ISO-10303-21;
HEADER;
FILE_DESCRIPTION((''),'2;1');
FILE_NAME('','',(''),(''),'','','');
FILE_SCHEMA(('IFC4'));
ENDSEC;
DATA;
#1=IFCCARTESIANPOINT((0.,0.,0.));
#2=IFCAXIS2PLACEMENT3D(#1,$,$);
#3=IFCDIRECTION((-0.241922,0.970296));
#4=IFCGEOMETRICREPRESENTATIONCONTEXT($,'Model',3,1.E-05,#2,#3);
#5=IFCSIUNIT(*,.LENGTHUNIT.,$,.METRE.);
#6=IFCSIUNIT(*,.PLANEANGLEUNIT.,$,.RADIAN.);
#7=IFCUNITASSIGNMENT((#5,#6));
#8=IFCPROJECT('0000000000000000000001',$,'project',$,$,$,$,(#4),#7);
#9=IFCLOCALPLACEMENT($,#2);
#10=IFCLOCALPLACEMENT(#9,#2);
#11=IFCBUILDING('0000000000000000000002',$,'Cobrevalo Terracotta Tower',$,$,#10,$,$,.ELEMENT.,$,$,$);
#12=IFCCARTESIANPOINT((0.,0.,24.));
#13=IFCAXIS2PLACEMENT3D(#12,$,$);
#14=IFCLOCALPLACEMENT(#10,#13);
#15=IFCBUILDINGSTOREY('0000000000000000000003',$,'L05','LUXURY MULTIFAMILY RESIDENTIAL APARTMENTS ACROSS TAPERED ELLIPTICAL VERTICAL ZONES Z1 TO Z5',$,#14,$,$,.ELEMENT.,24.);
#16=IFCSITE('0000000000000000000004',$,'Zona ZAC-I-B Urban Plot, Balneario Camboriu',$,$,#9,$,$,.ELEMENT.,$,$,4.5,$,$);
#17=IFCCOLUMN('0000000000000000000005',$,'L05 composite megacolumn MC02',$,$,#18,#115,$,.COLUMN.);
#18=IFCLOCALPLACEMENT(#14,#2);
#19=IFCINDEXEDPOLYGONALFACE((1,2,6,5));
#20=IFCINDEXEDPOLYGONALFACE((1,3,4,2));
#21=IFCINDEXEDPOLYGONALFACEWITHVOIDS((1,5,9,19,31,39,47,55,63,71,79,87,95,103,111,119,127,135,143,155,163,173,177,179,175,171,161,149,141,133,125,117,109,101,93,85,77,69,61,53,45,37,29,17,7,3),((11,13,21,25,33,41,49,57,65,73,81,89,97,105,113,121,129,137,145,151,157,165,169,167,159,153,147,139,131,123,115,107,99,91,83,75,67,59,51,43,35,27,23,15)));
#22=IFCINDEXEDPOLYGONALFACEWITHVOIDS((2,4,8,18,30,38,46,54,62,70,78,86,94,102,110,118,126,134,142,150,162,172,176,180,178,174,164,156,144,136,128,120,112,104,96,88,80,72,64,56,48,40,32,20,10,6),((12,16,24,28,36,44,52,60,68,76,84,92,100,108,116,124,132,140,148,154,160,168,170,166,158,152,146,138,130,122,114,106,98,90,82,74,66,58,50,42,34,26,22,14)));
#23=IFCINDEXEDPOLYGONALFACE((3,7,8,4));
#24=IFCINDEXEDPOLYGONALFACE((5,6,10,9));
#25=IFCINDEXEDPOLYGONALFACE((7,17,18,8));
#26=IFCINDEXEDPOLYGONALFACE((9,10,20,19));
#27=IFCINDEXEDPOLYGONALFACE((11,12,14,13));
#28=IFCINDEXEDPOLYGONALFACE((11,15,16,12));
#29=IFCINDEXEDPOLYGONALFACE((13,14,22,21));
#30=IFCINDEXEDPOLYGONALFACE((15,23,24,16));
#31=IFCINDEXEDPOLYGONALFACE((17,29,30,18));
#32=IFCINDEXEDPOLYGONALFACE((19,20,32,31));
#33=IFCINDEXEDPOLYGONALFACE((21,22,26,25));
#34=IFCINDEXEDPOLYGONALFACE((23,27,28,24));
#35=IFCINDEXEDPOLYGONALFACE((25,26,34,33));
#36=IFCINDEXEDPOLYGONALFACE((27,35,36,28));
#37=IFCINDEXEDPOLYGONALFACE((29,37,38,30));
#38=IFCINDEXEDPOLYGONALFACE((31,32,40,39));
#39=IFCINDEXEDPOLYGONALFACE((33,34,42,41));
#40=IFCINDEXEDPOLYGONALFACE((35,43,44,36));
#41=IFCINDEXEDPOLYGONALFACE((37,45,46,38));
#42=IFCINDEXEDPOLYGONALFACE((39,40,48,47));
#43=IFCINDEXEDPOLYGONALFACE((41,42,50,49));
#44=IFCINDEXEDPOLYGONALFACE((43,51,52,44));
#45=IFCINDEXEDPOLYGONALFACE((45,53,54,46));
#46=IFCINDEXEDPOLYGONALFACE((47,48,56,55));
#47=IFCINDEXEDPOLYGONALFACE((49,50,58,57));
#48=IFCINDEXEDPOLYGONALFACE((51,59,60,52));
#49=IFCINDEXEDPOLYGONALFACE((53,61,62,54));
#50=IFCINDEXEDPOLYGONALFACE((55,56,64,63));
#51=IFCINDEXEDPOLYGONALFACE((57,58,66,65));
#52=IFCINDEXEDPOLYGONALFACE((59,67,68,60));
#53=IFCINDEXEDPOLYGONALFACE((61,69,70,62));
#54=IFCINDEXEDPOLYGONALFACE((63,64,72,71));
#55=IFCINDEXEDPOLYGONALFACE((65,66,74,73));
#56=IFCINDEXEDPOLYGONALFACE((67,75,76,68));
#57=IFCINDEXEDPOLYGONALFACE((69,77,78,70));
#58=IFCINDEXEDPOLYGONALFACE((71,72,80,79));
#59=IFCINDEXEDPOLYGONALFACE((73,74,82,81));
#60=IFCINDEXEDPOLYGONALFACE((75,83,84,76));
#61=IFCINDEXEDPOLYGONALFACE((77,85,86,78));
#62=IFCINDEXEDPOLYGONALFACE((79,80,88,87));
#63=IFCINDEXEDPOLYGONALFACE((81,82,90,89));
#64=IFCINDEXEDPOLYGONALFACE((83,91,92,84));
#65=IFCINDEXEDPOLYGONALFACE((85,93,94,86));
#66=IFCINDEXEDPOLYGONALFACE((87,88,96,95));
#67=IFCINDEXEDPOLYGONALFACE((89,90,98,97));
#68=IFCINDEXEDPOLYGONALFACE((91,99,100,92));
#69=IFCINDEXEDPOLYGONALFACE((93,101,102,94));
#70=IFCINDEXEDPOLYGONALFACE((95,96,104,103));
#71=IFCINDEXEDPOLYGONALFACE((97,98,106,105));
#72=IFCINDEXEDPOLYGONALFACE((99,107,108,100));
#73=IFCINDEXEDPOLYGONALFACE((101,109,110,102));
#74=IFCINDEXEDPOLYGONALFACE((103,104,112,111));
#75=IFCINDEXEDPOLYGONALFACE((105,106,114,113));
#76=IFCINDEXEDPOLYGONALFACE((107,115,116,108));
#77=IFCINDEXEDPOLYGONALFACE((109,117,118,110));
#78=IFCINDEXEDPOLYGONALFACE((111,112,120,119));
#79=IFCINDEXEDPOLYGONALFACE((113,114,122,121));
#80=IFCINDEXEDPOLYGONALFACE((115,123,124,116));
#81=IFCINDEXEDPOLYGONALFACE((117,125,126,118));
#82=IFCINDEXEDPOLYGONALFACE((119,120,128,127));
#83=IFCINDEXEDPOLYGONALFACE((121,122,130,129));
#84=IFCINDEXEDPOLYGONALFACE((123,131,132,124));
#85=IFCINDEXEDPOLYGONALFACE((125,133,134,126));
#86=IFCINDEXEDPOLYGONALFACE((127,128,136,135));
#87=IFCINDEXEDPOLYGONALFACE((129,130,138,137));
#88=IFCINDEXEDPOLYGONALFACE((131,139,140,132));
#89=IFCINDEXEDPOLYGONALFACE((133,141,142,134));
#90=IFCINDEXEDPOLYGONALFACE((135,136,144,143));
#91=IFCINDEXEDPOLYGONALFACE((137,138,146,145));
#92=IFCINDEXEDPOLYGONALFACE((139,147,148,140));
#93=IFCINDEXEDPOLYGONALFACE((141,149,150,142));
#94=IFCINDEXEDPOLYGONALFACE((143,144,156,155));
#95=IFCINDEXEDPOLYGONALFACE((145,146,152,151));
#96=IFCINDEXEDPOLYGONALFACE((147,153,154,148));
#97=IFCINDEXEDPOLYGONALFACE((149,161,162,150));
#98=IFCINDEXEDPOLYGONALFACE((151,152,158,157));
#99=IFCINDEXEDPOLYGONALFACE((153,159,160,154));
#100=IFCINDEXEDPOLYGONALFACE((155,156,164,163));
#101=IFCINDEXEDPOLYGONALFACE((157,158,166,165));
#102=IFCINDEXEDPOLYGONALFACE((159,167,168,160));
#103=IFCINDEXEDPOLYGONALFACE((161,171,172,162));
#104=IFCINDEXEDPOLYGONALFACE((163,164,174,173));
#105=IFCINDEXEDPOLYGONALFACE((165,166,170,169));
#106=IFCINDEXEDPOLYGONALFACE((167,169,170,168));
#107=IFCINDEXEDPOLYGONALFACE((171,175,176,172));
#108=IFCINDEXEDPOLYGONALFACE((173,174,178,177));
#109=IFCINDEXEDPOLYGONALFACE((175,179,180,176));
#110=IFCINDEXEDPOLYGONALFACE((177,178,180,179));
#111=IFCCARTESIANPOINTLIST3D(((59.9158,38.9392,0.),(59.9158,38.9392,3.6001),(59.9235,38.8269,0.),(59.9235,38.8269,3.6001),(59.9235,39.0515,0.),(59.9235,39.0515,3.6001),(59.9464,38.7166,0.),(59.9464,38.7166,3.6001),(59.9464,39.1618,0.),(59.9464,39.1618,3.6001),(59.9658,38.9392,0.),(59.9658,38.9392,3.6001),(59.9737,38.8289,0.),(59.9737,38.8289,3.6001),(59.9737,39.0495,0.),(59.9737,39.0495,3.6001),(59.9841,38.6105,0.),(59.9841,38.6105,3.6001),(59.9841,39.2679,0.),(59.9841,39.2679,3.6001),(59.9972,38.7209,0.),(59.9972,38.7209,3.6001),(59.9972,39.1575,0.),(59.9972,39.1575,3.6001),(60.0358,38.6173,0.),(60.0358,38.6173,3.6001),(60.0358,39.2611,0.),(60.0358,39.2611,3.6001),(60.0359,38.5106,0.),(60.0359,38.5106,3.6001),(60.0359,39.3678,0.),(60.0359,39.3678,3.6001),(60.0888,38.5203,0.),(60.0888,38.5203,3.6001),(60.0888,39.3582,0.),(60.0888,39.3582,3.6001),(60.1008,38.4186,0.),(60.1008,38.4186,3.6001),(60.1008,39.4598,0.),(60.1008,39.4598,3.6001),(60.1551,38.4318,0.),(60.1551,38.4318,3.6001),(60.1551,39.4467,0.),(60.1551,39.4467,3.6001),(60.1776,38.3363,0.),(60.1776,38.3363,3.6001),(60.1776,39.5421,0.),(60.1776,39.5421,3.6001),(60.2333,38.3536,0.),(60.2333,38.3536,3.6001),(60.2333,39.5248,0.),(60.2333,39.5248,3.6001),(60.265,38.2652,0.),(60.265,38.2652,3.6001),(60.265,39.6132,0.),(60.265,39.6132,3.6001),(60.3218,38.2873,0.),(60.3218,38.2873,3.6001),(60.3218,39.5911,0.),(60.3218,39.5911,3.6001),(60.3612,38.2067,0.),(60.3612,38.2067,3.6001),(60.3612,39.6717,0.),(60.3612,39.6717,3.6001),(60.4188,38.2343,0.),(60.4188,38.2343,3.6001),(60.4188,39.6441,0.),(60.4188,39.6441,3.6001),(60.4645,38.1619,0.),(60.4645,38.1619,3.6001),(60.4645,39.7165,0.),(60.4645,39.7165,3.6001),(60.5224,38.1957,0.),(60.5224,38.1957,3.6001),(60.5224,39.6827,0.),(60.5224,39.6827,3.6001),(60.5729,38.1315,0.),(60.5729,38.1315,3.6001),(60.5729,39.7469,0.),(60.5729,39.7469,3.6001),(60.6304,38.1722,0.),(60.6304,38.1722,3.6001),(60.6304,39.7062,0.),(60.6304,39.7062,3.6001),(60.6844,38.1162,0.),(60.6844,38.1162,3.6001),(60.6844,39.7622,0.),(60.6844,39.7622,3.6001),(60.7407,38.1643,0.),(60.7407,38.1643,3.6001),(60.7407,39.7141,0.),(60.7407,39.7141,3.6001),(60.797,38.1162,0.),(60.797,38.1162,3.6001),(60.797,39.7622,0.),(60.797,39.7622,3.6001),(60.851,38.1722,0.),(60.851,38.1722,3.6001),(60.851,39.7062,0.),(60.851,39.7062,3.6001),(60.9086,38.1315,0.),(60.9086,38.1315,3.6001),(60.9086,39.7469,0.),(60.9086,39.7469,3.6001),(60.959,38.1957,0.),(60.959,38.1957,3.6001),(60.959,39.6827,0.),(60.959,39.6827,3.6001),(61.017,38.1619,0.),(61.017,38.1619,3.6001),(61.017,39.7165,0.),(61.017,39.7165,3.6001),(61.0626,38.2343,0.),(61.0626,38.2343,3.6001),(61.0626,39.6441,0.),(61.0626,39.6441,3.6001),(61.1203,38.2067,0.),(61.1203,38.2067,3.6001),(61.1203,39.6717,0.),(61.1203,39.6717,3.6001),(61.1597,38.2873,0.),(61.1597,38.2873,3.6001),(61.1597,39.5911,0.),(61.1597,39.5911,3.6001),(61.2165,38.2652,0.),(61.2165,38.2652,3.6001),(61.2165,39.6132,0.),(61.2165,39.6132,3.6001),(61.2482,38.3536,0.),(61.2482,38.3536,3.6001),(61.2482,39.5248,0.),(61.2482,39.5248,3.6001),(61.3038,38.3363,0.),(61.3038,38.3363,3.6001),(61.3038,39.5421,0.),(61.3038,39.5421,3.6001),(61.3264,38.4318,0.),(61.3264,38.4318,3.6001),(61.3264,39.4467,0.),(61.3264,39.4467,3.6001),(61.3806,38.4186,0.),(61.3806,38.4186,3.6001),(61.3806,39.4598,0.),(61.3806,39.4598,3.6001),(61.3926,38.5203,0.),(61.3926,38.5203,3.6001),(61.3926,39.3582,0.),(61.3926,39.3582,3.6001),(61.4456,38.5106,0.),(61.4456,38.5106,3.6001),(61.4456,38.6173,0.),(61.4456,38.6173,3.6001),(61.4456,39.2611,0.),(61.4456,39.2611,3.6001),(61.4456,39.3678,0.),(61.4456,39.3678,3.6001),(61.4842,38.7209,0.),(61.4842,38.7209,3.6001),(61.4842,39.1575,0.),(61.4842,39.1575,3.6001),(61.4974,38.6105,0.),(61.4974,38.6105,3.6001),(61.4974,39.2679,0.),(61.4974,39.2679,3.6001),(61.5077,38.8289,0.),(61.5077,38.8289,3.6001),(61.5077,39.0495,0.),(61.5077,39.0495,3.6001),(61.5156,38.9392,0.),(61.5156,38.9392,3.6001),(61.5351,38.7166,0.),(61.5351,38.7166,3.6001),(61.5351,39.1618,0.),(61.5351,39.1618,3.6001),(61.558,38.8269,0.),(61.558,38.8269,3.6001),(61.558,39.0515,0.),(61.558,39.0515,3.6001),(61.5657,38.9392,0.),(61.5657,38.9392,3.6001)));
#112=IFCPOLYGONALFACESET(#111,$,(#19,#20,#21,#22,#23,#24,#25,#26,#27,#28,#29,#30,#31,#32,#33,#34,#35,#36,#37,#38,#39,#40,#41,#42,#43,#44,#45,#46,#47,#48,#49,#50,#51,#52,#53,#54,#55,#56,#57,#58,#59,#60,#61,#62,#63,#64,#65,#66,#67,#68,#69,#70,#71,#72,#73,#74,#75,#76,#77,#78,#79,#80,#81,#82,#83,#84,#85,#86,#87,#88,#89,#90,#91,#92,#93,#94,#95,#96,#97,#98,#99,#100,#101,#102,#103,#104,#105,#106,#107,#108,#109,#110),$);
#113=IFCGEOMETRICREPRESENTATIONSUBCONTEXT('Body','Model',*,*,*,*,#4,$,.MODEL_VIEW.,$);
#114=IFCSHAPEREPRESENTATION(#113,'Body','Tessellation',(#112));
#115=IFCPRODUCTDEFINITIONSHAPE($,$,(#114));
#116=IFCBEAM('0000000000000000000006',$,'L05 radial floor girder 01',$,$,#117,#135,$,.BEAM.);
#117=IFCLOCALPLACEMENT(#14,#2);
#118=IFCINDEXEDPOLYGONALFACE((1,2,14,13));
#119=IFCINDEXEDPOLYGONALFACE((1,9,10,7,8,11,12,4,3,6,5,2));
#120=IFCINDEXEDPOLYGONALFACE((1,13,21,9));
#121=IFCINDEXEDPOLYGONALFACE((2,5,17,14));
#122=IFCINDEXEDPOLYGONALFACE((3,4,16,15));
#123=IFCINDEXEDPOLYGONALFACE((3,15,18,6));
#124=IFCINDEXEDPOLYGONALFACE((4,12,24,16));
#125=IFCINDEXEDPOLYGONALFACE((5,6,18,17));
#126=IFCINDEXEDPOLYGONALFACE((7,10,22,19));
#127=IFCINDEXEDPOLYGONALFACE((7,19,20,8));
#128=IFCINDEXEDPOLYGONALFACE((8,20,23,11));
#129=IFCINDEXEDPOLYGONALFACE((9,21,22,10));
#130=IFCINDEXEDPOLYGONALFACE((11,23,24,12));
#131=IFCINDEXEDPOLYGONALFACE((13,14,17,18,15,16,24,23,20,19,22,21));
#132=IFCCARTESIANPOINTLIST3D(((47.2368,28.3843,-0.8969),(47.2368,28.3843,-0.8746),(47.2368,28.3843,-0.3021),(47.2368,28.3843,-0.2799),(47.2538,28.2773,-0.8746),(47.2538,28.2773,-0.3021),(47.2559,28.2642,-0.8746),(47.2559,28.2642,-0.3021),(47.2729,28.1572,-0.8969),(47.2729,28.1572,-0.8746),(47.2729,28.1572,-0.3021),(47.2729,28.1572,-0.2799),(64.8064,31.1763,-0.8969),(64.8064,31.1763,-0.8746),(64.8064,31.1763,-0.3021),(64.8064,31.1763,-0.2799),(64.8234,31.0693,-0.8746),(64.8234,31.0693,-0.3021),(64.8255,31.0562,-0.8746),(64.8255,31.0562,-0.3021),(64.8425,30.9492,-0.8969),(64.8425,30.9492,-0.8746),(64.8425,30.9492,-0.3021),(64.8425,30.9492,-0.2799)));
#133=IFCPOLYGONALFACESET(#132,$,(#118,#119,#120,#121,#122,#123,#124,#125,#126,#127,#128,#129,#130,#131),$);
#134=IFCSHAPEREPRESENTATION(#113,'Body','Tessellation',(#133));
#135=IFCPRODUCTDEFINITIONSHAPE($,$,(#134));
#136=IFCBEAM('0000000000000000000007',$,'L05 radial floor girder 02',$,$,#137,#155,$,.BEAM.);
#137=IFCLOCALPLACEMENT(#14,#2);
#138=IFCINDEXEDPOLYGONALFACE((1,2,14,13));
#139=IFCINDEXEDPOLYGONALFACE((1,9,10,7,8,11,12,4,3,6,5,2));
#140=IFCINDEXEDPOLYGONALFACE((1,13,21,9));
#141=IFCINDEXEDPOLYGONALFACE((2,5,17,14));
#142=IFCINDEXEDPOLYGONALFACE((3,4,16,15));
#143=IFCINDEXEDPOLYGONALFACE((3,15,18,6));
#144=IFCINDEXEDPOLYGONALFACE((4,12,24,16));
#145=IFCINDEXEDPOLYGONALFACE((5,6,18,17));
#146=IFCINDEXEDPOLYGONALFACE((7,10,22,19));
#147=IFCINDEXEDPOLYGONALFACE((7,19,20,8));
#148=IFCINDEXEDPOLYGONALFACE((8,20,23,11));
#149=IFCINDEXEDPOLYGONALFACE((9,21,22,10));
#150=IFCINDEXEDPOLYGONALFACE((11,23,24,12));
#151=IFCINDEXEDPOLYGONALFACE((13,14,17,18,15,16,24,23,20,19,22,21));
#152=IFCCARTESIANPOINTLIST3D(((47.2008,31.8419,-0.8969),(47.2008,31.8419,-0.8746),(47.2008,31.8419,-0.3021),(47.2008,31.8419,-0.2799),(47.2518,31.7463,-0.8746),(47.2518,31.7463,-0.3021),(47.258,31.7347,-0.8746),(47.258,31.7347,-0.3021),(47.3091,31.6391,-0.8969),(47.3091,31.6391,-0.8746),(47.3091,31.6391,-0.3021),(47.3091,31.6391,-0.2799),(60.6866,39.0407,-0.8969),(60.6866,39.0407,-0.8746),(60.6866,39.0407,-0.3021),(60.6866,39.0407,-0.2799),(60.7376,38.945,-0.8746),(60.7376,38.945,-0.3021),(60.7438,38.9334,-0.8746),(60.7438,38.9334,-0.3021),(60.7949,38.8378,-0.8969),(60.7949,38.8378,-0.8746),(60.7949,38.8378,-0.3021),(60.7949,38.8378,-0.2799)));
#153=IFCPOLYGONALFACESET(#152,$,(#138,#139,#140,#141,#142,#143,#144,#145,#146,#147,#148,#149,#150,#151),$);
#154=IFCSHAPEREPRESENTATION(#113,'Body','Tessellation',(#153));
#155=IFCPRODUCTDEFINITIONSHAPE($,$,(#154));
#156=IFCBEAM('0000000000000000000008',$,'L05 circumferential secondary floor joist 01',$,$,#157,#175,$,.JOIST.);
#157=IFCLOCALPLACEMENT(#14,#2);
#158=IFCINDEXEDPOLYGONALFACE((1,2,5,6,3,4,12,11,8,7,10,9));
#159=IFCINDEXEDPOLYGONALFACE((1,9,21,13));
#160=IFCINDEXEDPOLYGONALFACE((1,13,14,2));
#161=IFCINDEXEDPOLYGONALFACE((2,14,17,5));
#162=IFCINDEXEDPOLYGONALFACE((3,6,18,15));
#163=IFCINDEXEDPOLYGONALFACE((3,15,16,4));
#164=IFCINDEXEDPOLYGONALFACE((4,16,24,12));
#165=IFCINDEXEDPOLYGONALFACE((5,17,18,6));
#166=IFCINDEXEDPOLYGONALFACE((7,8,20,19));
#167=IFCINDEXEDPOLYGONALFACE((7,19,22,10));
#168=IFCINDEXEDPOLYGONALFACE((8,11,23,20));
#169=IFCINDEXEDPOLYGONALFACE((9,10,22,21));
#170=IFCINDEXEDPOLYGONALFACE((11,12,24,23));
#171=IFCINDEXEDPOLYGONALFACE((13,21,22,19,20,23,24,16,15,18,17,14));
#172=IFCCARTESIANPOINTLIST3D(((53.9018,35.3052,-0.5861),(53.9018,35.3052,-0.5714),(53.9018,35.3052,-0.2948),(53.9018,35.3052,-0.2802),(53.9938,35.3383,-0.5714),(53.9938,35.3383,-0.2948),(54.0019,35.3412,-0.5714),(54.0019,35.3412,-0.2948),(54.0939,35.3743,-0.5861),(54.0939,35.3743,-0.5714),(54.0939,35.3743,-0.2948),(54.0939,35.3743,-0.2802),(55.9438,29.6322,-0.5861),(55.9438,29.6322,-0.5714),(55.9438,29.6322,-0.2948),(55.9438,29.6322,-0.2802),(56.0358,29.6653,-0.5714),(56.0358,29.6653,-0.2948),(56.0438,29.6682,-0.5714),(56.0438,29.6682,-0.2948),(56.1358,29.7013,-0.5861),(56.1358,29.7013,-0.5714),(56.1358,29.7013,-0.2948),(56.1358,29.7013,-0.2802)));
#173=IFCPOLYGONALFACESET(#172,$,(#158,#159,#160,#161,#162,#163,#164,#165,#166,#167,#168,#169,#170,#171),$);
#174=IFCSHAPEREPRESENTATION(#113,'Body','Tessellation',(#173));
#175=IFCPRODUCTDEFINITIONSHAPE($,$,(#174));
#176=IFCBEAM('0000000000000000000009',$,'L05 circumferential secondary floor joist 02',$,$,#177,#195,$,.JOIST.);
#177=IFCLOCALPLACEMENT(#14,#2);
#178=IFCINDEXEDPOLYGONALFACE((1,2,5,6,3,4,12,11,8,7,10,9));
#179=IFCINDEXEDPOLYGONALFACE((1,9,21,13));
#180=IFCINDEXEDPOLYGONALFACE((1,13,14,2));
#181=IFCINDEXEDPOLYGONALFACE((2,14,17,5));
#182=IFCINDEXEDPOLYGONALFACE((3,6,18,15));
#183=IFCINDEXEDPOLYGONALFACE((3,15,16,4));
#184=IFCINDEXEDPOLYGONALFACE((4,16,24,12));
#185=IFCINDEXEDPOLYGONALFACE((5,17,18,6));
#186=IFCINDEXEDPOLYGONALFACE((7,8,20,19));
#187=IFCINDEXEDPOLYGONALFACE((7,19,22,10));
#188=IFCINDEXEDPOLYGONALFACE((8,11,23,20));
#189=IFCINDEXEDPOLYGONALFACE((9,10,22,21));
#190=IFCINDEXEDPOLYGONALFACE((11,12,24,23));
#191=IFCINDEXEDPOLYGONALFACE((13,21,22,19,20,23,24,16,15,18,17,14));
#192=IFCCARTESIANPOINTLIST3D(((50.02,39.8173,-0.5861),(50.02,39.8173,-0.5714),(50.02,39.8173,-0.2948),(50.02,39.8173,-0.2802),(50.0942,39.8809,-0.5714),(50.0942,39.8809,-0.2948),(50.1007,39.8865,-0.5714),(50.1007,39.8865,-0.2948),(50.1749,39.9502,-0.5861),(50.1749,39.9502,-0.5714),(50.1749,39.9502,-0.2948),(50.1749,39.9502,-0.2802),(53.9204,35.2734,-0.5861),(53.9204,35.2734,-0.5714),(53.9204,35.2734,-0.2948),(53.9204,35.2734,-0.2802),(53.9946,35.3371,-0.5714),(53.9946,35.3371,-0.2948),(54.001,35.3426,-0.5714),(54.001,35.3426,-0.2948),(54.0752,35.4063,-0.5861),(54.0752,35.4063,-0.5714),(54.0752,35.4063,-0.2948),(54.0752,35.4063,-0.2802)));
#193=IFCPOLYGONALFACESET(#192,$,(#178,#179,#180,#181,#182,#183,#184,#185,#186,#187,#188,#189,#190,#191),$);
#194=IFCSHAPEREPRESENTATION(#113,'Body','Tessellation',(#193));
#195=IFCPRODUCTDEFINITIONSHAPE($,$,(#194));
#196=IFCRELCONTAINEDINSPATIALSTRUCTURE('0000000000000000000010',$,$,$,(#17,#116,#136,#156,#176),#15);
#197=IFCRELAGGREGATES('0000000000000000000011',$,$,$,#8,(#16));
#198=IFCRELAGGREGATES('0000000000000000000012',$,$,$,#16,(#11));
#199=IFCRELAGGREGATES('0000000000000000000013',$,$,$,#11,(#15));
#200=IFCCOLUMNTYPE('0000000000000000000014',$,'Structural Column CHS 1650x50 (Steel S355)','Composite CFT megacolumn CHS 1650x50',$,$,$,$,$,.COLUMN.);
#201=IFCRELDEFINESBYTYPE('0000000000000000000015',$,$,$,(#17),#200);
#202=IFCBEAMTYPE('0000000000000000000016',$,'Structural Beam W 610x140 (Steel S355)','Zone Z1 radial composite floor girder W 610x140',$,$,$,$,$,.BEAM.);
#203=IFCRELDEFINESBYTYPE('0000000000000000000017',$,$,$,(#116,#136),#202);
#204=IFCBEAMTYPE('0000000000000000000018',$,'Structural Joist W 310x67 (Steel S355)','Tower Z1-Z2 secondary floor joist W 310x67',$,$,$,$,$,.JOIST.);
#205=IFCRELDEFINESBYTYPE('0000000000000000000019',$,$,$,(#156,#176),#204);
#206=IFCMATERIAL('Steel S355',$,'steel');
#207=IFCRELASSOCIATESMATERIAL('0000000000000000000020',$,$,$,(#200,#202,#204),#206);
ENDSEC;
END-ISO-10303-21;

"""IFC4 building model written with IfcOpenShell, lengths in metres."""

from ifc_helpers import new_model, si_unit, direction, frame, origin, origin_2d, place, context, subcontext, project, spatial, hollow_circle, i_section, extrude, material, material_profile, profile_set, type_object, element, save


model = new_model("IFC4")

# Units and contexts
model_context = context("Model", 3, precision=1e-05, world=origin(), true_north=direction((-0.241922, 0.970296)))
body_context = subcontext(model_context, "Body", "Model", "MODEL_VIEW")
ifc_project = project(units=[si_unit("LENGTHUNIT", "METRE"), si_unit("PLANEANGLEUNIT", "RADIAN")], contexts=[model_context])

# Site, building, storey
site_placement = place(None, origin())
site = spatial("IfcSite", under=ifc_project, at=site_placement, Name="Zona ZAC-I-B Urban Plot, Balneario Camboriu", CompositionType="ELEMENT", RefElevation=4.5)
building_placement = place(site_placement, origin())
building = spatial("IfcBuilding", under=site, at=building_placement, Name="Cobrevalo Terracotta Tower", CompositionType="ELEMENT")
storey_placement = place(building_placement, frame((0.0, 0.0, 24.0)))
storey = spatial("IfcBuildingStorey", under=building, at=storey_placement, Name="L05", Description="LUXURY MULTIFAMILY RESIDENTIAL APARTMENTS ACROSS TAPERED ELLIPTICAL VERTICAL ZONES Z1 TO Z5", CompositionType="ELEMENT", Elevation=24.0)

# Column
ifc_material_1 = material(Name="Steel S355", Category="steel")
ifc_material_profile_1 = material_profile(ifc_material_1, hollow_circle(Radius=0.825, WallThickness=0.05, at=origin_2d()), Name="CHS 1650x50")
ifc_profile_set_1 = profile_set([ifc_material_profile_1], Name="Steel S355")
column_type = type_object("IfcColumnType", Name="Structural Column CHS 1650x50 (Steel S355)", Description="Composite CFT megacolumn CHS 1650x50", PredefinedType="COLUMN", material=ifc_profile_set_1)
for number, where, z_axis, x_axis, name in (
    (1, (60.7407, 38.9392, 0.0), (0.0, 0.0, 1.0), (1.0, 0.0, 0.0), "L05 composite megacolumn MC02"),
):
    element("IfcColumn", number, at=place(storey_placement, frame(where, z_axis=z_axis, x_axis=x_axis)), inside=storey, type_object=column_type, Name=name, PredefinedType="COLUMN", context=body_context, shape_type="SweptSolid", body=[
        extrude(hollow_circle(Radius=0.825, WallThickness=0.05, at=origin_2d()), origin(), (0.0, 0.0, 1.0), 3.6001),
    ])

# Beams
ifc_material_profile_2 = material_profile(ifc_material_1, i_section(OverallWidth=0.23, OverallDepth=0.6169, WebThickness=0.0132, FlangeThickness=0.0222, at=origin_2d()), Name="W 610x140")
ifc_profile_set_2 = profile_set([ifc_material_profile_2], Name="Steel S355")
beam_type_1 = type_object("IfcBeamType", Name="Structural Beam W 610x140 (Steel S355)", Description="Zone Z1 radial composite floor girder W 610x140", PredefinedType="BEAM", material=ifc_profile_set_2)
beam_1_placement = place(storey_placement, frame((64.8245, 31.0627, -0.5884), z_axis=(-0.987608, -0.156941, 0.0), x_axis=(0.156941, -0.987608, 0.0)))
element("IfcBeam", 2, at=beam_1_placement, inside=storey, type_object=beam_type_1, Name="L05 radial floor girder 01", PredefinedType="BEAM", context=body_context, shape_type="SweptSolid", body=[
    extrude(i_section(OverallWidth=0.23, OverallDepth=0.6169, WebThickness=0.0132, FlangeThickness=0.0222, at=origin_2d()), origin(), (0.0, 0.0, 1.0), 17.79),
])
beam_2_placement = place(storey_placement, frame((60.7407, 38.9392, -0.5884), z_axis=(-0.882182, -0.470908, 0.0), x_axis=(0.470908, -0.882182, 0.0)))
element("IfcBeam", 3, at=beam_2_placement, inside=storey, type_object=beam_type_1, Name="L05 radial floor girder 02", PredefinedType="BEAM", context=body_context, shape_type="SweptSolid", body=[
    extrude(i_section(OverallWidth=0.23, OverallDepth=0.6169, WebThickness=0.0132, FlangeThickness=0.0222, at=origin_2d()), origin(), (0.0, 0.0, 1.0), 15.2869),
])
ifc_material_profile_3 = material_profile(ifc_material_1, i_section(OverallWidth=0.2041, OverallDepth=0.3059, WebThickness=0.0085, FlangeThickness=0.0146, at=origin_2d()), Name="W 310x67")
ifc_profile_set_3 = profile_set([ifc_material_profile_3], Name="Steel S355")
beam_type_2 = type_object("IfcBeamType", Name="Structural Joist W 310x67 (Steel S355)", Description="Tower Z1-Z2 secondary floor joist W 310x67", PredefinedType="JOIST", material=ifc_profile_set_3)
beam_3_placement = place(storey_placement, frame((56.0398, 29.6667, -0.4331), z_axis=(-0.338672, 0.940904, 0.0), x_axis=(-0.940904, -0.338672, 0.0)))
element("IfcBeam", 4, at=beam_3_placement, inside=storey, type_object=beam_type_2, Name="L05 circumferential secondary floor joist 01", PredefinedType="JOIST", context=body_context, shape_type="SweptSolid", body=[
    extrude(i_section(OverallWidth=0.2041, OverallDepth=0.3059, WebThickness=0.0085, FlangeThickness=0.0146, at=origin_2d()), origin(), (0.0, 0.0, 1.0), 6.0293),
])
beam_4_placement = place(storey_placement, frame((53.9978, 35.3398, -0.4331), z_axis=(-0.651328, 0.758796, 0.0), x_axis=(-0.758796, -0.651328, 0.0)))
element("IfcBeam", 5, at=beam_4_placement, inside=storey, type_object=beam_type_2, Name="L05 circumferential secondary floor joist 02", PredefinedType="JOIST", context=body_context, shape_type="SweptSolid", body=[
    extrude(i_section(OverallWidth=0.2041, OverallDepth=0.3059, WebThickness=0.0085, FlangeThickness=0.0146, at=origin_2d()), origin(), (0.0, 0.0, 1.0), 5.9883),
])

save(model, "model.ifc")
